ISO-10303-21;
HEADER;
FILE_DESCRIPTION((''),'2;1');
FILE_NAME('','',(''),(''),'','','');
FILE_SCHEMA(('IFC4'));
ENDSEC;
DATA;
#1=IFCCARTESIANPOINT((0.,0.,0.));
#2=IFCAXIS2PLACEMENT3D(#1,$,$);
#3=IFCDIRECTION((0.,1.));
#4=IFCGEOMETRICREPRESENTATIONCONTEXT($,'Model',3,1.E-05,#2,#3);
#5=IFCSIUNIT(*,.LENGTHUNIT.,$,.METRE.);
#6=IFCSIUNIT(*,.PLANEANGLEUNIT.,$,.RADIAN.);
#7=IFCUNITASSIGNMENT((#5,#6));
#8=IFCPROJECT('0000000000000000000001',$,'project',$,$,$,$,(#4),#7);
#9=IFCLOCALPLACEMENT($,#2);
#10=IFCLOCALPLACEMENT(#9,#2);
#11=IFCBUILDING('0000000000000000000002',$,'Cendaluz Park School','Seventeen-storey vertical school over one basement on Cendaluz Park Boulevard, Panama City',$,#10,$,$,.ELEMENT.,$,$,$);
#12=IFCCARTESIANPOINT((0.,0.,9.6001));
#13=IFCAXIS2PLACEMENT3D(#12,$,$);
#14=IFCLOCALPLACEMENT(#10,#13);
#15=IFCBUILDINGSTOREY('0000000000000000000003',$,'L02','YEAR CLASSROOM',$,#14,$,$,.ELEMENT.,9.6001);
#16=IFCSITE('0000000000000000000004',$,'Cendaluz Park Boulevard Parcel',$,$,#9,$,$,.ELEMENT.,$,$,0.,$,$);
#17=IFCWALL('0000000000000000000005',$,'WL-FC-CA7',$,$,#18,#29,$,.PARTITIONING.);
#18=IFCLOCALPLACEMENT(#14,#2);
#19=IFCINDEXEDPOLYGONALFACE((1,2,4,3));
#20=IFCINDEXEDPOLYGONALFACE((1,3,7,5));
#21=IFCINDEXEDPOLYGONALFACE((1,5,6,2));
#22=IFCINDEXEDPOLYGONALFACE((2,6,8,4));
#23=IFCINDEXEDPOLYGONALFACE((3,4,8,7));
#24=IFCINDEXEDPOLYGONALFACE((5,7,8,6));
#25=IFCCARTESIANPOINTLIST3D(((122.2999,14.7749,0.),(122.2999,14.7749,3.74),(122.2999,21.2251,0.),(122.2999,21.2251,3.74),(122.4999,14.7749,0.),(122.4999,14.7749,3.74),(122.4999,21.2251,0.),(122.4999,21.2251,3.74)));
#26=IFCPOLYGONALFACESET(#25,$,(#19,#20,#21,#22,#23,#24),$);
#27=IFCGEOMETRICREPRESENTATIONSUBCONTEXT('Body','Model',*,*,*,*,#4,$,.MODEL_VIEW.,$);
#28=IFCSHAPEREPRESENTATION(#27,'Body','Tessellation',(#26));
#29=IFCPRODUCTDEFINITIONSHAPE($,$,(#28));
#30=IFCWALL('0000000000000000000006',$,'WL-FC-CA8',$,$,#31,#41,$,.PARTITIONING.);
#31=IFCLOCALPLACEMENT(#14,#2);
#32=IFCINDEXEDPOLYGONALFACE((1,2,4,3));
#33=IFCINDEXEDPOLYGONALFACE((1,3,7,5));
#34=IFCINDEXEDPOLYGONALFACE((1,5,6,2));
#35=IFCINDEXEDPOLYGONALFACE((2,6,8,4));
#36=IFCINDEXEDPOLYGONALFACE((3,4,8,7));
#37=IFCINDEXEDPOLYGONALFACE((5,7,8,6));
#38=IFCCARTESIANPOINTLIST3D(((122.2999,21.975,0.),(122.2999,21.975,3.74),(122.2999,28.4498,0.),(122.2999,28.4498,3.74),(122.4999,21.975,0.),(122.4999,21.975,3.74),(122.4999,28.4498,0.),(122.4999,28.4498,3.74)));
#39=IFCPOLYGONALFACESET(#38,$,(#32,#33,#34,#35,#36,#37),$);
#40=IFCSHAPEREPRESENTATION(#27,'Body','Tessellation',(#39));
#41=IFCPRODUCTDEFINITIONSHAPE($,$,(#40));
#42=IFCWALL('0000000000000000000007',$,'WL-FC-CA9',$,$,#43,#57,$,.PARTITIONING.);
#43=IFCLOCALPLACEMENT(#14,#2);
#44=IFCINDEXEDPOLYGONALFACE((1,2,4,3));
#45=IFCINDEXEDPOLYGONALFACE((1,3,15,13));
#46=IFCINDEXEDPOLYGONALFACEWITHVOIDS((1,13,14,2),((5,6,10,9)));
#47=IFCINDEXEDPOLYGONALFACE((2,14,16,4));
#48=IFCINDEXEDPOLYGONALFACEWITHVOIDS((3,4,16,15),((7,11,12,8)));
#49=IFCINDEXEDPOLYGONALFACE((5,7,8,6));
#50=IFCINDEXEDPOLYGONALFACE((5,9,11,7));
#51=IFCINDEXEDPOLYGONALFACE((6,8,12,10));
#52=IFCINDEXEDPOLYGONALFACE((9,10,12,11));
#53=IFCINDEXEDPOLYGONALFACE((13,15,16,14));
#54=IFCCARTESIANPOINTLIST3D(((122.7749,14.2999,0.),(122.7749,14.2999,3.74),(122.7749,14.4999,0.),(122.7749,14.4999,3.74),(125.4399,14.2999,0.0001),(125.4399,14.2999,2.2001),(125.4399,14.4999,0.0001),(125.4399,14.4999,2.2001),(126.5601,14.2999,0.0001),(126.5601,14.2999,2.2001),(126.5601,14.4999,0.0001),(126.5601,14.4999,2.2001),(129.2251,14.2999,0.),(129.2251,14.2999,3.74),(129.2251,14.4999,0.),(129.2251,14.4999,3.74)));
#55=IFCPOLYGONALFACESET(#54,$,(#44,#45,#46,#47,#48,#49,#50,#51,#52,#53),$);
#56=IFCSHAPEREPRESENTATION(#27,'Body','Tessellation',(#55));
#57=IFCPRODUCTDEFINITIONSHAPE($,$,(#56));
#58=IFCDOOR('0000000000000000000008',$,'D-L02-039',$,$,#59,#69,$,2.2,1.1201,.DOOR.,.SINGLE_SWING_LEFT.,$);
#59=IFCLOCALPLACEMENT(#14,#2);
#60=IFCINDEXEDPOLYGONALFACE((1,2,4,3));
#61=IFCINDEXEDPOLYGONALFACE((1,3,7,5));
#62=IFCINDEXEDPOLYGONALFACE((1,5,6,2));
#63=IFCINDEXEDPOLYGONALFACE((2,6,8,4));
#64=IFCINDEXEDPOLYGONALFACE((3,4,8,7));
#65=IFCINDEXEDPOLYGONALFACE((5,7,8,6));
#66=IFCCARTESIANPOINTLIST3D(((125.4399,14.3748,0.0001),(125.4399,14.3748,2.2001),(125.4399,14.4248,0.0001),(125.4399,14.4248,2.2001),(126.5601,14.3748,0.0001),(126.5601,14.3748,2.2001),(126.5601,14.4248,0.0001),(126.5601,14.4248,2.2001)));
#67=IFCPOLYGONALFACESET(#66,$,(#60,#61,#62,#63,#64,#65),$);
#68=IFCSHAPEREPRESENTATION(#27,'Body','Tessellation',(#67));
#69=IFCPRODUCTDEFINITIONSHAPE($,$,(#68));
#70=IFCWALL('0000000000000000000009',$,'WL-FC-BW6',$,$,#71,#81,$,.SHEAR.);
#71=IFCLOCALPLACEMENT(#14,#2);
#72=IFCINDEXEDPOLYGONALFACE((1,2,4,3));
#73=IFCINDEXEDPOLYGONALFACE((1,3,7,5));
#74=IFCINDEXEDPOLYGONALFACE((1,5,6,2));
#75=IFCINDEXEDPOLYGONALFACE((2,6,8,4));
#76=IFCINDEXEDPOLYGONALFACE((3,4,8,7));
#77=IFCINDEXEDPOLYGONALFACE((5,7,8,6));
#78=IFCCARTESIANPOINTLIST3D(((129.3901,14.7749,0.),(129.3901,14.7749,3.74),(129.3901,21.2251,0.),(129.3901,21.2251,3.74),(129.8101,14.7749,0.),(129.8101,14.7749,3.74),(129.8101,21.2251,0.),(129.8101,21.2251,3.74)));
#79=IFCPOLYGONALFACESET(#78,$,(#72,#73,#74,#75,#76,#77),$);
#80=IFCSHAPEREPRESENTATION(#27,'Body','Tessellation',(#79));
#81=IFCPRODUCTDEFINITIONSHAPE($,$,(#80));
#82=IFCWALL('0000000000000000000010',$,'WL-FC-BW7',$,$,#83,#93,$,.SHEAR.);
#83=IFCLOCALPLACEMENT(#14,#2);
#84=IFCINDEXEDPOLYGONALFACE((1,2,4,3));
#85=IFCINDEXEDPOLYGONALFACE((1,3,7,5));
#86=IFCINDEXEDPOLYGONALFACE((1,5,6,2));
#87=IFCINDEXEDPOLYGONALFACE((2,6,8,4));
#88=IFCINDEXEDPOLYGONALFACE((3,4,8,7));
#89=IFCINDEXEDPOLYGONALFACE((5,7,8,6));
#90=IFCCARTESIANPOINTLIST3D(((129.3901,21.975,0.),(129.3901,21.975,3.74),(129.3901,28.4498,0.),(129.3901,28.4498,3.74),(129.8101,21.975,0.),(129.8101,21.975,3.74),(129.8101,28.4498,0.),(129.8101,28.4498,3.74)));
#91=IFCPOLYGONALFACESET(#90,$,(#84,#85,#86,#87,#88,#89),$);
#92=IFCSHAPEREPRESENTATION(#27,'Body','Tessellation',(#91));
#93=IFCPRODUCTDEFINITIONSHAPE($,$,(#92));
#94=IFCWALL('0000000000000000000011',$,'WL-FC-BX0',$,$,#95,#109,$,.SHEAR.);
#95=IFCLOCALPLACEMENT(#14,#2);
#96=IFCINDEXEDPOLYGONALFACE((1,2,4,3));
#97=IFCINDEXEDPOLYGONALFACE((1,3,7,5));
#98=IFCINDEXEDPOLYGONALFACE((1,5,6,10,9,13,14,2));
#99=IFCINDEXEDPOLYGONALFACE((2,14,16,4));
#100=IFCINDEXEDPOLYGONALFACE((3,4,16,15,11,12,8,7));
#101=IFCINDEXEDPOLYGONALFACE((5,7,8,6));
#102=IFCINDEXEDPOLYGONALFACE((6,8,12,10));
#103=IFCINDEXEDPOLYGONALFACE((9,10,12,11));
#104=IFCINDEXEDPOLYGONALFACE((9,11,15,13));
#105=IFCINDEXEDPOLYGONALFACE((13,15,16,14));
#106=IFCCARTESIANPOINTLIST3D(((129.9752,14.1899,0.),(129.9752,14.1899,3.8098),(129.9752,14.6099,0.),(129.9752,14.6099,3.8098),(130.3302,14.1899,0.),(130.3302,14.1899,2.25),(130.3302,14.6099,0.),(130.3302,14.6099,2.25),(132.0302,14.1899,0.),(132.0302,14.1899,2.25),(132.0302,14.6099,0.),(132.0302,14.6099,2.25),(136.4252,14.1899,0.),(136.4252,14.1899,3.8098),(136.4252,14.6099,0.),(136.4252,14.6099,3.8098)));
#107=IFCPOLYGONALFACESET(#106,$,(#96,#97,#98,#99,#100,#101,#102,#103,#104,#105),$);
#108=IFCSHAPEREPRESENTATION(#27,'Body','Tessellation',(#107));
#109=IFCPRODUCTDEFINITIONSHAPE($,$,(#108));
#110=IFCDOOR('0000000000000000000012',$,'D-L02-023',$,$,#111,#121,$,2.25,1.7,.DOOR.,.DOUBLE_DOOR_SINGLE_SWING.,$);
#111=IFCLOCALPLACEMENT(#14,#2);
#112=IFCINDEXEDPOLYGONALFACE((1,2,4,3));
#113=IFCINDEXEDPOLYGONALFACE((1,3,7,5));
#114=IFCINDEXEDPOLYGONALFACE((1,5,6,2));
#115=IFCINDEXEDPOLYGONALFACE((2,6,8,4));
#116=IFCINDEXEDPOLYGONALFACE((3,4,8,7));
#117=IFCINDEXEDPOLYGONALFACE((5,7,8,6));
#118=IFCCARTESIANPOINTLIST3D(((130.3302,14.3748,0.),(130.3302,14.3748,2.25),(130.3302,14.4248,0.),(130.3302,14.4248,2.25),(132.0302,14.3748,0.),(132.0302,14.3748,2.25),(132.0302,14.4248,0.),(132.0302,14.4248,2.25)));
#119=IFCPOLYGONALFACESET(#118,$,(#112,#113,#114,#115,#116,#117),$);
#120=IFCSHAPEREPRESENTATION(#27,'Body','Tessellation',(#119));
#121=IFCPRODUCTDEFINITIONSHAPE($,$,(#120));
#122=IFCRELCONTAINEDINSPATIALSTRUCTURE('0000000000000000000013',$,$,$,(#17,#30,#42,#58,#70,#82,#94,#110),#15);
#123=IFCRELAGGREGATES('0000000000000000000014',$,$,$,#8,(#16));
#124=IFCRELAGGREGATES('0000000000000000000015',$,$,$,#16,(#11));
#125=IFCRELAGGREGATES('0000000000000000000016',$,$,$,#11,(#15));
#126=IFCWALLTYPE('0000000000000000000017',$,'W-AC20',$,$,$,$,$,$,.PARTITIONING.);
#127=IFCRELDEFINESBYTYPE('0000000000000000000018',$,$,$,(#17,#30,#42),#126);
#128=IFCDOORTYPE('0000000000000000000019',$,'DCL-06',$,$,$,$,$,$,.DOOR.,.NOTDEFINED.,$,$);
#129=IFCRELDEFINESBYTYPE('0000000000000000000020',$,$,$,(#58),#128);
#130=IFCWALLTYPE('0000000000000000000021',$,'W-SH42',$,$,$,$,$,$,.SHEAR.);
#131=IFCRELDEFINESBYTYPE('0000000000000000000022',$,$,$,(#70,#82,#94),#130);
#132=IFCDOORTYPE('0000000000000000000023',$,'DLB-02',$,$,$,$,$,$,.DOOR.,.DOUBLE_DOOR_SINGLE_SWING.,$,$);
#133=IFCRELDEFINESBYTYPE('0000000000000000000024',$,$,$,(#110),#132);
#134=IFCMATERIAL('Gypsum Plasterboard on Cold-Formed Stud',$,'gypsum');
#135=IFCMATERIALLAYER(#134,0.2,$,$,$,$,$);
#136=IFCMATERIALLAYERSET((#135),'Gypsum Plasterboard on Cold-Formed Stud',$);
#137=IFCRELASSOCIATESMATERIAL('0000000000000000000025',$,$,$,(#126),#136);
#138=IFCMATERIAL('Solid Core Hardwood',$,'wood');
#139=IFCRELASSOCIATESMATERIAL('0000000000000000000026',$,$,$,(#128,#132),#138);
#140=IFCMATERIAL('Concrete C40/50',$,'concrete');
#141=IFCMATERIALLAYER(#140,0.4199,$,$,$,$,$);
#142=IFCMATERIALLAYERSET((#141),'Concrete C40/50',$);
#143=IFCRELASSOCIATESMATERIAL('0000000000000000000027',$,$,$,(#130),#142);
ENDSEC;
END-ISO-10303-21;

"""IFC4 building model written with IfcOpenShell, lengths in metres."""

from ifc_helpers import new_model, si_unit, direction, frame, frame_2d, origin, place, context, subcontext, project, spatial, rectangle, extrude, material, layer, layer_set, type_object, element, fill, save


model = new_model("IFC4")

# Units and contexts
model_context = context("Model", 3, precision=1e-05, world=origin(), true_north=direction((0.0, 1.0)))
body_context = subcontext(model_context, "Body", "Model", "MODEL_VIEW")
ifc_project = project(units=[si_unit("LENGTHUNIT", "METRE"), si_unit("PLANEANGLEUNIT", "RADIAN")], contexts=[model_context])

# Site, building, storey
site_placement = place(None, origin())
site = spatial("IfcSite", under=ifc_project, at=site_placement, Name="Cendaluz Park Boulevard Parcel", CompositionType="ELEMENT", RefElevation=0.0)
building_placement = place(site_placement, origin())
building = spatial("IfcBuilding", under=site, at=building_placement, Name="Cendaluz Park School", Description="Seventeen-storey vertical school over one basement on Cendaluz Park Boulevard, Panama City", CompositionType="ELEMENT")
storey_placement = place(building_placement, frame((0.0, 0.0, 9.6001)))
storey = spatial("IfcBuildingStorey", under=building, at=storey_placement, Name="L02", Description="YEAR CLASSROOM", CompositionType="ELEMENT", Elevation=9.6001)

# Shared definitions
ifc_material_1 = material(Name="Concrete C40/50", Category="concrete")

# Walls
ifc_material_2 = material(Name="Gypsum Plasterboard on Cold-Formed Stud", Category="gypsum")
ifc_layer_1 = layer(ifc_material_2, 0.2)
ifc_layer_set_1 = layer_set([ifc_layer_1], Name="Gypsum Plasterboard on Cold-Formed Stud")
wall_type_1 = type_object("IfcWallType", Name="W-AC20", PredefinedType="PARTITIONING", material=ifc_layer_set_1)
wall_1_placement = place(storey_placement, frame((122.3999, 14.7749, 0.0), z_axis=(0.0, 0.0, 1.0), x_axis=(0.0, 1.0, 0.0)))
element("IfcWall", 1, at=wall_1_placement, inside=storey, type_object=wall_type_1, Name="WL-FC-CA7", PredefinedType="PARTITIONING", context=body_context, shape_type="SweptSolid", body=[
    extrude(rectangle(XDim=6.4502, YDim=0.2, at=frame_2d((3.2251, 0.0))), origin(), (0.0, 0.0, 1.0), 3.74),
])
wall_2_placement = place(storey_placement, frame((122.3999, 21.9751, 0.0), z_axis=(0.0, 0.0, 1.0), x_axis=(0.0, 1.0, 0.0)))
element("IfcWall", 2, at=wall_2_placement, inside=storey, type_object=wall_type_1, Name="WL-FC-CA8", PredefinedType="PARTITIONING", context=body_context, shape_type="SweptSolid", body=[
    extrude(rectangle(XDim=6.4749, YDim=0.2, at=frame_2d((3.2373, 0.0))), origin(), (0.0, 0.0, 1.0), 3.74),
])

# Wall, opening, door
wall_3_placement = place(storey_placement, frame((122.7749, 14.3999, 0.0), z_axis=(0.0, 0.0, 1.0), x_axis=(1.0, 0.0, 0.0)))
wall_3 = element("IfcWall", 3, at=wall_3_placement, inside=storey, type_object=wall_type_1, Name="WL-FC-CA9", PredefinedType="PARTITIONING", context=body_context, shape_type="SweptSolid", body=[
    extrude(rectangle(XDim=6.4502, YDim=0.2, at=frame_2d((3.2251, 0.0))), origin(), (0.0, 0.0, 1.0), 3.74),
])
opening_1_placement = place(wall_3_placement, frame((2.665, 0.0, 0.0)))
opening_1 = element("IfcOpeningElement", 4, at=opening_1_placement, cuts=wall_3, PredefinedType="OPENING", context=body_context, shape_type="SweptSolid", body=[
    extrude(rectangle(XDim=1.1201, YDim=2.2, at=frame_2d((0.5601, 1.1001))), frame((0.0, 0.1121, 0.0), z_axis=(0.0, -1.0, 0.0), x_axis=(1.0, 0.0, 0.0)), (0.0, 0.0, 1.0), 0.2239),
])
ifc_material_3 = material(Name="Solid Core Hardwood", Category="wood")
door_type_1 = type_object("IfcDoorType", Name="DCL-06", OperationType="NOTDEFINED", PredefinedType="DOOR", material=ifc_material_3)
door_1_placement = place(opening_1_placement, origin())
door_1 = element("IfcDoor", 5, at=door_1_placement, inside=storey, type_object=door_type_1, Name="D-L02-039", OperationType="SINGLE_SWING_LEFT", OverallHeight=2.2, OverallWidth=1.1201, PredefinedType="DOOR", context=body_context, shape_type="SweptSolid", body=[
    extrude(rectangle(XDim=1.1201, YDim=2.2, at=frame_2d((0.5601, 1.1001))), frame((0.0, 0.0249, 0.0), z_axis=(0.0, -1.0, 0.0), x_axis=(1.0, 0.0, 0.0)), (0.0, 0.0, 1.0), 0.05),
])
fill(opening_1, door_1)

# Walls
ifc_layer_2 = layer(ifc_material_1, 0.4199)
ifc_layer_set_2 = layer_set([ifc_layer_2], Name="Concrete C40/50")
wall_type_2 = type_object("IfcWallType", Name="W-SH42", PredefinedType="SHEAR", material=ifc_layer_set_2)
wall_4_placement = place(storey_placement, frame((129.6001, 14.7749, 0.0), z_axis=(0.0, 0.0, 1.0), x_axis=(0.0, 1.0, 0.0)))
element("IfcWall", 6, at=wall_4_placement, inside=storey, type_object=wall_type_2, Name="WL-FC-BW6", PredefinedType="SHEAR", context=body_context, shape_type="SweptSolid", body=[
    extrude(rectangle(XDim=6.4502, YDim=0.4199, at=frame_2d((3.2251, 0.0))), origin(), (0.0, 0.0, 1.0), 3.74),
])
wall_5_placement = place(storey_placement, frame((129.6001, 21.9751, 0.0), z_axis=(0.0, 0.0, 1.0), x_axis=(0.0, 1.0, 0.0)))
element("IfcWall", 7, at=wall_5_placement, inside=storey, type_object=wall_type_2, Name="WL-FC-BW7", PredefinedType="SHEAR", context=body_context, shape_type="SweptSolid", body=[
    extrude(rectangle(XDim=6.4749, YDim=0.4199, at=frame_2d((3.2373, 0.0))), origin(), (0.0, 0.0, 1.0), 3.74),
])

# Wall, opening, door
wall_6_placement = place(storey_placement, frame((129.9751, 14.3999, 0.0), z_axis=(0.0, 0.0, 1.0), x_axis=(1.0, 0.0, 0.0)))
wall_6 = element("IfcWall", 8, at=wall_6_placement, inside=storey, type_object=wall_type_2, Name="WL-FC-BX0", PredefinedType="SHEAR", context=body_context, shape_type="SweptSolid", body=[
    extrude(rectangle(XDim=6.45, YDim=0.4199, at=frame_2d((3.2251, 0.0))), origin(), (0.0, 0.0, 1.0), 3.8098),
])
opening_2_placement = place(wall_6_placement, frame((0.355, 0.0, 0.0)))
opening_2 = element("IfcOpeningElement", 9, at=opening_2_placement, cuts=wall_6, PredefinedType="OPENING", context=body_context, shape_type="SweptSolid", body=[
    extrude(rectangle(XDim=1.7, YDim=2.25, at=frame_2d((0.8501, 1.125))), frame((0.0, 0.2219, 0.0), z_axis=(0.0, -1.0, 0.0), x_axis=(1.0, 0.0, 0.0)), (0.0, 0.0, 1.0), 0.4438),
])
door_type_2 = type_object("IfcDoorType", Name="DLB-02", OperationType="DOUBLE_DOOR_SINGLE_SWING", PredefinedType="DOOR", material=ifc_material_3)
door_2_placement = place(opening_2_placement, origin())
door_2 = element("IfcDoor", 10, at=door_2_placement, inside=storey, type_object=door_type_2, Name="D-L02-023", OperationType="DOUBLE_DOOR_SINGLE_SWING", OverallHeight=2.25, OverallWidth=1.7, PredefinedType="DOOR", context=body_context, shape_type="SweptSolid", body=[
    extrude(rectangle(XDim=1.7, YDim=2.25, at=frame_2d((0.8501, 1.125))), frame((0.0, 0.0249, 0.0), z_axis=(0.0, -1.0, 0.0), x_axis=(1.0, 0.0, 0.0)), (0.0, 0.0, 1.0), 0.05),
])
fill(opening_2, door_2)

save(model, "model.ifc")
